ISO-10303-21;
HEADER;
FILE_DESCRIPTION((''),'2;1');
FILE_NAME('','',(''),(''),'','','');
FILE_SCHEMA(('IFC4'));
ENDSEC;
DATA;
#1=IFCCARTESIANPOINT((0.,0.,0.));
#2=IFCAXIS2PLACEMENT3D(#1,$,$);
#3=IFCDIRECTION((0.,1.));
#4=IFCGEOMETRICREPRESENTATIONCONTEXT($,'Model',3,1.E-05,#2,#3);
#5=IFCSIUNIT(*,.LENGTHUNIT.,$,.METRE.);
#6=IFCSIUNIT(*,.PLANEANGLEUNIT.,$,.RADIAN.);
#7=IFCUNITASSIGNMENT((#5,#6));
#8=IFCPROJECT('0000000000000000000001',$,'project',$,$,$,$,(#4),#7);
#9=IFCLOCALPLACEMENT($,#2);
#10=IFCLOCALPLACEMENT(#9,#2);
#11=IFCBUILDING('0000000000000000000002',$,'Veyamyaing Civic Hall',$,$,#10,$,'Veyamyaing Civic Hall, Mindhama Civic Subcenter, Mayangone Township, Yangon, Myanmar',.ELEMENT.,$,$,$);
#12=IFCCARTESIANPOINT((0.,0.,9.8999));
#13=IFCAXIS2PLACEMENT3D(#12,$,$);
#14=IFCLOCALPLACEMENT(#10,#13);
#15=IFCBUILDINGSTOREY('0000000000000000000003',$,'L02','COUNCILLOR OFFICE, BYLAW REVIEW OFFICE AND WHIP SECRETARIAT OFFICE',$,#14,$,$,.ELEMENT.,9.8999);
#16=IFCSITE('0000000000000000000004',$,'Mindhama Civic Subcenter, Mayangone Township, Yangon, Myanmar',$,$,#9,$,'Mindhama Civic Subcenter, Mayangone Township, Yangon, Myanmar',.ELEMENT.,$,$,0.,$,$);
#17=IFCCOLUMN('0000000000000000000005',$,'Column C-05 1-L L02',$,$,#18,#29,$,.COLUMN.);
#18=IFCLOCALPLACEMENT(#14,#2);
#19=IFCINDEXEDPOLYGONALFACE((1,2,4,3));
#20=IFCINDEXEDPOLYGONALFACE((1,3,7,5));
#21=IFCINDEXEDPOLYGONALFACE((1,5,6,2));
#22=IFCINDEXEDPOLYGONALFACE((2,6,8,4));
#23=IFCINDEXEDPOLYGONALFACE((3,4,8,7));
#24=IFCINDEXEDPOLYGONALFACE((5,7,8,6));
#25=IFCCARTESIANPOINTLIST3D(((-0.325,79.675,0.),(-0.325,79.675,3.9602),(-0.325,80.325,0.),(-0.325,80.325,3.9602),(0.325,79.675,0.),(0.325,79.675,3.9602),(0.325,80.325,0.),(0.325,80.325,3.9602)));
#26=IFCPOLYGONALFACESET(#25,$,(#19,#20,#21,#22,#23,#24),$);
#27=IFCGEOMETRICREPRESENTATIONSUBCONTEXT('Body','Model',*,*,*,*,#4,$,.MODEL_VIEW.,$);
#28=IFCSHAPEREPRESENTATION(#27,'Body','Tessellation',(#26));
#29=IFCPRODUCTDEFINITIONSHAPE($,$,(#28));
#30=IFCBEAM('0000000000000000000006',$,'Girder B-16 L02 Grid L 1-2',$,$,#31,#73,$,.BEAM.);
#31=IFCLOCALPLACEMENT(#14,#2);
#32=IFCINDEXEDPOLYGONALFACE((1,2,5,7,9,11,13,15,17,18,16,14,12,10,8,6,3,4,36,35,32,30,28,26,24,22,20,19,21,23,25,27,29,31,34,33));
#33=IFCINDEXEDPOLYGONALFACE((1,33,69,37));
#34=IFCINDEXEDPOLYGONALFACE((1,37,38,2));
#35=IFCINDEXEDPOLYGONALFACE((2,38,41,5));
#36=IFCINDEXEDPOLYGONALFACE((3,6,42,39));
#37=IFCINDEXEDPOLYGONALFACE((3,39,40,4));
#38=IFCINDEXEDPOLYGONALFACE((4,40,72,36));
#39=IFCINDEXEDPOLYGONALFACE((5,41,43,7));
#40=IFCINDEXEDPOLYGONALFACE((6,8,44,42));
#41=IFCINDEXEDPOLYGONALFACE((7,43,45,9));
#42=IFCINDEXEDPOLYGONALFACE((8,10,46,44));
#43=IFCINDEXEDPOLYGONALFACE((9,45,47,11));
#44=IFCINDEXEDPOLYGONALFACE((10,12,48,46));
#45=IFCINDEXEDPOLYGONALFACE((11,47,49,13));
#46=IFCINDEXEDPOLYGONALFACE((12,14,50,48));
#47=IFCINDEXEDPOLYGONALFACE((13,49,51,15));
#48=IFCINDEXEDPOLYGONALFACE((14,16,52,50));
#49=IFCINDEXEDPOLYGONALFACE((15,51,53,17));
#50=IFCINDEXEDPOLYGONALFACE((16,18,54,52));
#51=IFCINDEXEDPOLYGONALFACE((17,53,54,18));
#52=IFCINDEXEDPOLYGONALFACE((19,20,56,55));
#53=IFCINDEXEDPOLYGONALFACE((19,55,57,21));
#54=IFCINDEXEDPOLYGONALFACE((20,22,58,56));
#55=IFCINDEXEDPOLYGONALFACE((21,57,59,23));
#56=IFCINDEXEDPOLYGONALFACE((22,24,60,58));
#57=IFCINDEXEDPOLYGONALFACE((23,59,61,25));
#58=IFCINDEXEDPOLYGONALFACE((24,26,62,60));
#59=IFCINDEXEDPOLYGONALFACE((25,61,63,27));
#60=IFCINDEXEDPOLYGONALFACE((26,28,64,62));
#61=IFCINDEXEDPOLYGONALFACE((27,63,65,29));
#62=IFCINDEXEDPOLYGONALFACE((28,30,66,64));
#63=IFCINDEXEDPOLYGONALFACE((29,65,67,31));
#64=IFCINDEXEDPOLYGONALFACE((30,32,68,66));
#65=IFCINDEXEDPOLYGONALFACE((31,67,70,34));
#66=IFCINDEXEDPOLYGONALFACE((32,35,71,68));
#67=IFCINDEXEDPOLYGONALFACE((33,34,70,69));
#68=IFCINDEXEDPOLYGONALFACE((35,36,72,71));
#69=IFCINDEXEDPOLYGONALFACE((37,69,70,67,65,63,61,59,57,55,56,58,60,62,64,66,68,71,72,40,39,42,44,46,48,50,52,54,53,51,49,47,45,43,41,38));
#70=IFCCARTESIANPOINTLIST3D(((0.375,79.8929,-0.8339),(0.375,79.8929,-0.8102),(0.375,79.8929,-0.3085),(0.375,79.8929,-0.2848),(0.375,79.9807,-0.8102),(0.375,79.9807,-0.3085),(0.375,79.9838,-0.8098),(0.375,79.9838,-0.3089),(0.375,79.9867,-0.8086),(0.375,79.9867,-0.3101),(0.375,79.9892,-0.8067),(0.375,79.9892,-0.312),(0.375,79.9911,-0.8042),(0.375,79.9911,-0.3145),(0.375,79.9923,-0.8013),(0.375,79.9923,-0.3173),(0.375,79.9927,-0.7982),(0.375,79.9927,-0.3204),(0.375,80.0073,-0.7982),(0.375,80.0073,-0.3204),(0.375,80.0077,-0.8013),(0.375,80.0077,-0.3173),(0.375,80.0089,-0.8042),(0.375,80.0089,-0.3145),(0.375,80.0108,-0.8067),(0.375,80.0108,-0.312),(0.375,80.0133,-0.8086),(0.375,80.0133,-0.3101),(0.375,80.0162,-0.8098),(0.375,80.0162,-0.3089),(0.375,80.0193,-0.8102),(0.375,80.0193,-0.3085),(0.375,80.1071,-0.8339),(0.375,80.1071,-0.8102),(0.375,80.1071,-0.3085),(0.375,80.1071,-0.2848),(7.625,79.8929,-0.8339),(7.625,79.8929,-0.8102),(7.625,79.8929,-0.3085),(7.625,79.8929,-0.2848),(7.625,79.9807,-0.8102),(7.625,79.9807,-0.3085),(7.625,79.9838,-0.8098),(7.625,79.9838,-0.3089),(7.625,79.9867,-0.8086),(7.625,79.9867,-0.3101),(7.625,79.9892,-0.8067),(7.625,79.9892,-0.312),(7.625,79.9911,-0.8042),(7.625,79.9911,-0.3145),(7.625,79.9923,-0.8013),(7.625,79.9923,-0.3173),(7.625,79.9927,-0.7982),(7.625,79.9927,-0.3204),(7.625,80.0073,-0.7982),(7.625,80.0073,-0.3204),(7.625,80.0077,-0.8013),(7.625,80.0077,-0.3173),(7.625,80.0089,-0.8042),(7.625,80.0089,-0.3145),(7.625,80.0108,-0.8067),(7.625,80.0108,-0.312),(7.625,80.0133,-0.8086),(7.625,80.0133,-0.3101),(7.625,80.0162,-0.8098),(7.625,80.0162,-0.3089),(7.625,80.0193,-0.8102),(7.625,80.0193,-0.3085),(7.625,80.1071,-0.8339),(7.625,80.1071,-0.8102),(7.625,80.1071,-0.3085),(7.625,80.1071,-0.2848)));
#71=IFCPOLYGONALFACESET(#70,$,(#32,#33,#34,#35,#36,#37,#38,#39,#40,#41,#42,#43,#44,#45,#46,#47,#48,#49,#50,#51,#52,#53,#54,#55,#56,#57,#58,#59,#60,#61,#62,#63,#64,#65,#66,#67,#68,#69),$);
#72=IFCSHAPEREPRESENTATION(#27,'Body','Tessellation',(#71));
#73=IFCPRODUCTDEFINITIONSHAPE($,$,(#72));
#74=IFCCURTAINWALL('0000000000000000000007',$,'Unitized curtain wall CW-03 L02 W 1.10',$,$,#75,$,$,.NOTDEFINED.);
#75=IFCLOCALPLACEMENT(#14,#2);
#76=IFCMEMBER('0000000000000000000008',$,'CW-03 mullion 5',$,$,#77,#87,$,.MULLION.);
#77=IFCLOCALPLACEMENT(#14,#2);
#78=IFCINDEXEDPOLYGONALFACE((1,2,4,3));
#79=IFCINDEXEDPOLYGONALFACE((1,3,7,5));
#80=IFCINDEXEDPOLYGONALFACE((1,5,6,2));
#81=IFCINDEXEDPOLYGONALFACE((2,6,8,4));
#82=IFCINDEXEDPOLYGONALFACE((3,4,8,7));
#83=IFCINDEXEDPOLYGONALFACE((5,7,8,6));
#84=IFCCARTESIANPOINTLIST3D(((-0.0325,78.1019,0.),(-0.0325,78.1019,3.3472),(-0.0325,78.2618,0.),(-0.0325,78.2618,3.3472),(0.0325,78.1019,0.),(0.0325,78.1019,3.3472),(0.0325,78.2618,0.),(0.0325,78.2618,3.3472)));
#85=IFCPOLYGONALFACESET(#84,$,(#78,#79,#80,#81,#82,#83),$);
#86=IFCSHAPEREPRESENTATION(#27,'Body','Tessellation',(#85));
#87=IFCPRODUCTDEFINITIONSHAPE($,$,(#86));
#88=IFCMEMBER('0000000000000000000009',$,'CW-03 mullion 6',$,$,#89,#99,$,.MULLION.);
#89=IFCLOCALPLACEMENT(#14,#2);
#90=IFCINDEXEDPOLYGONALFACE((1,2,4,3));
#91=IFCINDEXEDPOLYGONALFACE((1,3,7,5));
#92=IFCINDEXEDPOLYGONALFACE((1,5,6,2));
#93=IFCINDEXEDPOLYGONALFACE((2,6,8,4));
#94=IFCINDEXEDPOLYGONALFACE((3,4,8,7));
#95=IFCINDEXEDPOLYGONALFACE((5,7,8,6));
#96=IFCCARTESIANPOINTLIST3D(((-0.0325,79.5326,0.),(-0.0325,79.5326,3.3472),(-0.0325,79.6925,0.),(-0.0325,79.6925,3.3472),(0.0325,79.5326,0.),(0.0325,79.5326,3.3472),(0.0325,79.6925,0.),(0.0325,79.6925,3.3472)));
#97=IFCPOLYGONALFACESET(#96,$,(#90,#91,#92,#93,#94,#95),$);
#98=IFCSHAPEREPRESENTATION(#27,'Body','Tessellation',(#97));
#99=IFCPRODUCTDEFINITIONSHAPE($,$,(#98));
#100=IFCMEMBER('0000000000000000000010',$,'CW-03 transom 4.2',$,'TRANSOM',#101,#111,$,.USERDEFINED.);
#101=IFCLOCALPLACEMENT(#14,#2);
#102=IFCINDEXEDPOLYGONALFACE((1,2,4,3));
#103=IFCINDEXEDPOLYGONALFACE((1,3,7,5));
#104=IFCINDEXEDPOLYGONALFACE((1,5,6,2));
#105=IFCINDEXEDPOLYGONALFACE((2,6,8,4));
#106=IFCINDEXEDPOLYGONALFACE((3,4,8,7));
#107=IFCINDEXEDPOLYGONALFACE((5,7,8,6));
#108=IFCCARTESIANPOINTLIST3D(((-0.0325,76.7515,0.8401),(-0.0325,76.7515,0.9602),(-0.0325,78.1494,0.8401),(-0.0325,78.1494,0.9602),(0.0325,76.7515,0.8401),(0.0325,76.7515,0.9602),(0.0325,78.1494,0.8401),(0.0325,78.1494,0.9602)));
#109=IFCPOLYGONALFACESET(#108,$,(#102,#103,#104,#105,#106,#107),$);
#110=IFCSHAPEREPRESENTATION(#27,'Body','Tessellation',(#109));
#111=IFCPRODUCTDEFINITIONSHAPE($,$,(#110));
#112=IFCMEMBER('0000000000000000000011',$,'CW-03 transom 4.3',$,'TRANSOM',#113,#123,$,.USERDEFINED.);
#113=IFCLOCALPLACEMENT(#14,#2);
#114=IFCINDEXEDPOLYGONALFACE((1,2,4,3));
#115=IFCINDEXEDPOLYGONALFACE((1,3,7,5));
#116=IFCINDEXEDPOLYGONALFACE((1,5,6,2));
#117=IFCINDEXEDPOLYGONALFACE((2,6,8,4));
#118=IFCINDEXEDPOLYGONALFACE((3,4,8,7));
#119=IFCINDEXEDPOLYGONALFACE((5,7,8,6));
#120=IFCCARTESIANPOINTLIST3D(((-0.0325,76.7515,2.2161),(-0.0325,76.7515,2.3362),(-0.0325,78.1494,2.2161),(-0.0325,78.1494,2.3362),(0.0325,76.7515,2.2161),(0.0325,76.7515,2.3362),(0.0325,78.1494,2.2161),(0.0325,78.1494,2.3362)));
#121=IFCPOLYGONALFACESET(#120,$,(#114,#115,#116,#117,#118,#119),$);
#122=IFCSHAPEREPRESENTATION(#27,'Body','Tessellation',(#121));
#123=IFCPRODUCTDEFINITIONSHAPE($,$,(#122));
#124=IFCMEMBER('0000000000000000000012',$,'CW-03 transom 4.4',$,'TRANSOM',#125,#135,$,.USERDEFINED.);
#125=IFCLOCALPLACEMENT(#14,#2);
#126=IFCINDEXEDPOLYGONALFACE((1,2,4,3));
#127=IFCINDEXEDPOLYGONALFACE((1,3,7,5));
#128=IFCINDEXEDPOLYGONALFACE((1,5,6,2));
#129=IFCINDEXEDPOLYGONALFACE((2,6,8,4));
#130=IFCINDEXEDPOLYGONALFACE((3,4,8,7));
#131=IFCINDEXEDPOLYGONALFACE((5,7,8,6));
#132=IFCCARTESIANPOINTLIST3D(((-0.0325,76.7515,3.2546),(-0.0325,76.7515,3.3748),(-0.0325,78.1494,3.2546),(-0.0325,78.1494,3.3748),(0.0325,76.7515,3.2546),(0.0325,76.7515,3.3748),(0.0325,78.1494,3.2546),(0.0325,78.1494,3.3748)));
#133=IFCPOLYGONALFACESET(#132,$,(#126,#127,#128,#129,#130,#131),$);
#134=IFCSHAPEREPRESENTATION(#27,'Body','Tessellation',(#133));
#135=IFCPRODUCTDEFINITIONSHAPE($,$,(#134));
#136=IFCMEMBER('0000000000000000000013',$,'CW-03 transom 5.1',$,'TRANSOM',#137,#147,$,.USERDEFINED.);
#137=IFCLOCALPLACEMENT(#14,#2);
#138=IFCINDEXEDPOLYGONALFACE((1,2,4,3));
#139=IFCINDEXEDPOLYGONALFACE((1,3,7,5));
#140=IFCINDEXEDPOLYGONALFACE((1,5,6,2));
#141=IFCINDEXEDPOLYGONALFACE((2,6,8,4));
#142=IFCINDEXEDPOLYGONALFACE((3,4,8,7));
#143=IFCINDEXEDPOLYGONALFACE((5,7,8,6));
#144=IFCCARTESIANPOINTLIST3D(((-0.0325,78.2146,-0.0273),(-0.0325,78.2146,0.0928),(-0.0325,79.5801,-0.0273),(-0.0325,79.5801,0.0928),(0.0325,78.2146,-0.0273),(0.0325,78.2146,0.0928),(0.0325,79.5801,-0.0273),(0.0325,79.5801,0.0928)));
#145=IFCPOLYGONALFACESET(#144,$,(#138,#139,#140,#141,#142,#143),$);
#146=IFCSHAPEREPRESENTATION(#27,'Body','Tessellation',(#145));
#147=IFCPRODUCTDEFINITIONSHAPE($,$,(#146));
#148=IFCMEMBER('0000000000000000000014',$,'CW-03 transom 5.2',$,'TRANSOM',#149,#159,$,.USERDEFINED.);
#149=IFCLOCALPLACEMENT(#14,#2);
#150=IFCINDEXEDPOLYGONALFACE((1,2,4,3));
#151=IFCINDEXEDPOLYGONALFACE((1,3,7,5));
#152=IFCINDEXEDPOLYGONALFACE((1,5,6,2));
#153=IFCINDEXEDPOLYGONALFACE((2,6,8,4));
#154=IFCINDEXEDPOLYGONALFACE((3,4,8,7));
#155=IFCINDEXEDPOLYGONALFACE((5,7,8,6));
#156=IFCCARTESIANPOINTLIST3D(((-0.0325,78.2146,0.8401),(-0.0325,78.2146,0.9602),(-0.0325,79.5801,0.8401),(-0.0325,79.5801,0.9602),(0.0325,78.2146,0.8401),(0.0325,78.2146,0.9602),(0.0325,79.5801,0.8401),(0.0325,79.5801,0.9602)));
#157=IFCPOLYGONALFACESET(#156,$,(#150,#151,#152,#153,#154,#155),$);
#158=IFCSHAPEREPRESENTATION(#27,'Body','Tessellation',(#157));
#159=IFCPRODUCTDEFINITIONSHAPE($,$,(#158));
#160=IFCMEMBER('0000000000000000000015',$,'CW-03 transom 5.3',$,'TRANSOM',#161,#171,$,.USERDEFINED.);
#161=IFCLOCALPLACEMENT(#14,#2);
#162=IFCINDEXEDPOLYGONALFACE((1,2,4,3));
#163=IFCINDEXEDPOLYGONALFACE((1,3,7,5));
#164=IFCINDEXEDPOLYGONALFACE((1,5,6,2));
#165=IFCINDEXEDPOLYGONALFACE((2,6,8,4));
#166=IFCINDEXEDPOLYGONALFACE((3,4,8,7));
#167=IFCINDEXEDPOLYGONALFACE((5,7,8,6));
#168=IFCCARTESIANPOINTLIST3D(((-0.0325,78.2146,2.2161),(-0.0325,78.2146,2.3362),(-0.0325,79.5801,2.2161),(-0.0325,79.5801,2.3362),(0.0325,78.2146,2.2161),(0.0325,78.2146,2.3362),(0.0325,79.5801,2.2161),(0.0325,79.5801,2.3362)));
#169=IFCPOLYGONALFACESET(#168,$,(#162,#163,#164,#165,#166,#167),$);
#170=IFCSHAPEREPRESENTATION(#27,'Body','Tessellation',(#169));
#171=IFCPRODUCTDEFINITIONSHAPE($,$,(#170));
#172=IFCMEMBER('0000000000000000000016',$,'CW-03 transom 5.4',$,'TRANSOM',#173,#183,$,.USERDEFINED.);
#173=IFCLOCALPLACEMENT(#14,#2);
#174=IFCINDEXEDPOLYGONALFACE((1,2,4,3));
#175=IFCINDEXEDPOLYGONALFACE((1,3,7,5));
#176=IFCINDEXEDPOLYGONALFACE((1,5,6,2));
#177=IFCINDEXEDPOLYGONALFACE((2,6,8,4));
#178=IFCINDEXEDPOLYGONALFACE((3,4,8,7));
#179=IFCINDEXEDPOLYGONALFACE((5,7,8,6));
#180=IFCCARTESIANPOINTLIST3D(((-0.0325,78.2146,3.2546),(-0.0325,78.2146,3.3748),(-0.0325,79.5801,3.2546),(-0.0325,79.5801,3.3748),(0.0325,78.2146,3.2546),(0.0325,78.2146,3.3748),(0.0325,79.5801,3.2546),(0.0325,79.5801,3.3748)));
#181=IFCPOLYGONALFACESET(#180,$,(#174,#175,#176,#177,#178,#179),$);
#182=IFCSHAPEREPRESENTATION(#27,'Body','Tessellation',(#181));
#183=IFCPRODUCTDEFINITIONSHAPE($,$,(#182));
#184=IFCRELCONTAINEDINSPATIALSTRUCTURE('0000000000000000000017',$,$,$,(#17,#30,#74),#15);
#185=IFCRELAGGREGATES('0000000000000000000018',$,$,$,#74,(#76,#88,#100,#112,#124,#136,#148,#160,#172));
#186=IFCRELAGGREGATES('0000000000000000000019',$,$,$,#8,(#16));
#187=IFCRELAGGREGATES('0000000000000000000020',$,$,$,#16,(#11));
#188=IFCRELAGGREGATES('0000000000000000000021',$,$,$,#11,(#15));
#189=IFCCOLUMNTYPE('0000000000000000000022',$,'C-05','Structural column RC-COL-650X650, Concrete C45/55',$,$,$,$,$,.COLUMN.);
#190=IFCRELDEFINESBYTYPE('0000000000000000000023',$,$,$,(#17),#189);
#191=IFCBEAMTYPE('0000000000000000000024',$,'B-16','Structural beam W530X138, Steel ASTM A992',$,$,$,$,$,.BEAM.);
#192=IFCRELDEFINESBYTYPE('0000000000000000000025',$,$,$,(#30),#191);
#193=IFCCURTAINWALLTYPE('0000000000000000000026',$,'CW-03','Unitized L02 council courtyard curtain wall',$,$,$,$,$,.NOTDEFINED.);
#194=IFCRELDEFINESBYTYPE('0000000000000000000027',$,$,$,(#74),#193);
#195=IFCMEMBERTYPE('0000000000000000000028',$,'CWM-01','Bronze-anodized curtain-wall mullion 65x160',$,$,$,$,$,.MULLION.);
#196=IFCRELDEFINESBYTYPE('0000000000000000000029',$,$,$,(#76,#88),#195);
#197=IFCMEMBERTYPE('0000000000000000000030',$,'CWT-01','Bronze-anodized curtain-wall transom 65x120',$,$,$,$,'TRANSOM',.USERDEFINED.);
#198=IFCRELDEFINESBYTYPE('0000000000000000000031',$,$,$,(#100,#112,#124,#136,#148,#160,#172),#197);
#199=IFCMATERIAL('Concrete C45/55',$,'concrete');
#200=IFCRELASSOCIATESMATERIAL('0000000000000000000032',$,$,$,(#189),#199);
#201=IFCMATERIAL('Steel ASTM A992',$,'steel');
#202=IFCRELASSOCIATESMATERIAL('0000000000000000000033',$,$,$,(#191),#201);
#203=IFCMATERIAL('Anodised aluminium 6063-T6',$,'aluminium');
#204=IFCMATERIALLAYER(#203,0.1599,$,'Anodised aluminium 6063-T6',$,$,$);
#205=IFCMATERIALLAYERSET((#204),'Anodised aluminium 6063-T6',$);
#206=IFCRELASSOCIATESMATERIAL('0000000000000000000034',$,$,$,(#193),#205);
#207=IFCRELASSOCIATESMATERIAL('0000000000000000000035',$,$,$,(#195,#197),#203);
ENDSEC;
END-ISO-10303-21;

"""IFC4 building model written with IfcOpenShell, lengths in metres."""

from ifc_helpers import new_model, si_unit, direction, frame, origin, origin_2d, place, context, subcontext, project, spatial, rectangle, i_section, extrude, material, layer, layer_set, material_profile, profile_set, type_object, element, aggregate, save


model = new_model("IFC4")

# Units and contexts
model_context = context("Model", 3, precision=1e-05, world=origin(), true_north=direction((0.0, 1.0)))
body_context = subcontext(model_context, "Body", "Model", "MODEL_VIEW")
ifc_project = project(units=[si_unit("LENGTHUNIT", "METRE"), si_unit("PLANEANGLEUNIT", "RADIAN")], contexts=[model_context])

# Site, building, storey
site_placement = place(None, origin())
site = spatial("IfcSite", under=ifc_project, at=site_placement, Name="Mindhama Civic Subcenter, Mayangone Township, Yangon, Myanmar", LongName="Mindhama Civic Subcenter, Mayangone Township, Yangon, Myanmar", CompositionType="ELEMENT", RefElevation=0.0)
building_placement = place(site_placement, origin())
building = spatial("IfcBuilding", under=site, at=building_placement, Name="Veyamyaing Civic Hall", LongName="Veyamyaing Civic Hall, Mindhama Civic Subcenter, Mayangone Township, Yangon, Myanmar", CompositionType="ELEMENT")
storey_placement = place(building_placement, frame((0.0, 0.0, 9.8999)))
storey = spatial("IfcBuildingStorey", under=building, at=storey_placement, Name="L02", Description="COUNCILLOR OFFICE, BYLAW REVIEW OFFICE AND WHIP SECRETARIAT OFFICE", CompositionType="ELEMENT", Elevation=9.8999)

# Column
ifc_material_1 = material(Name="Concrete C45/55", Category="concrete")
ifc_material_profile_1 = material_profile(ifc_material_1, rectangle(XDim=0.6499, YDim=0.6499, at=origin_2d()), Name="RC-COL-650X650")
ifc_profile_set_1 = profile_set([ifc_material_profile_1], Name="Concrete C45/55")
column_type = type_object("IfcColumnType", Name="C-05", Description="Structural column RC-COL-650X650, Concrete C45/55", PredefinedType="COLUMN", material=ifc_profile_set_1)
column_placement = place(storey_placement, frame((0.0, 80.0, 0.0), z_axis=(0.0, 0.0, 1.0), x_axis=(1.0, 0.0, 0.0)))
element("IfcColumn", 1, at=column_placement, inside=storey, type_object=column_type, Name="Column C-05 1-L L02", PredefinedType="COLUMN", context=body_context, shape_type="SweptSolid", body=[
    extrude(rectangle(XDim=0.6499, YDim=0.6499, at=origin_2d()), origin(), (0.0, 0.0, 1.0), 3.9602),
])

# Beam
ifc_material_2 = material(Name="Steel ASTM A992", Category="steel")
ifc_material_profile_2 = material_profile(ifc_material_2, i_section(OverallWidth=0.2141, OverallDepth=0.5491, WebThickness=0.0146, FlangeThickness=0.0237, FilletRadius=0.012, at=origin_2d()), Name="W530X138")
ifc_profile_set_2 = profile_set([ifc_material_profile_2], Name="Steel ASTM A992")
beam_type_1 = type_object("IfcBeamType", Name="B-16", Description="Structural beam W530X138, Steel ASTM A992", PredefinedType="BEAM", material=ifc_profile_set_2)
beam_1_placement = place(storey_placement, frame((0.375, 80.0, -0.5593), z_axis=(1.0, 0.0, 0.0), x_axis=(0.0, 1.0, 0.0)))
element("IfcBeam", 2, at=beam_1_placement, inside=storey, type_object=beam_type_1, Name="Girder B-16 L02 Grid L 1-2", PredefinedType="BEAM", context=body_context, shape_type="SweptSolid", body=[
    extrude(i_section(OverallWidth=0.2141, OverallDepth=0.5491, WebThickness=0.0146, FlangeThickness=0.0237, FilletRadius=0.012, at=origin_2d()), origin(), (0.0, 0.0, 1.0), 7.25),
])

# Curtain wall, members
ifc_material_3 = material(Name="Anodised aluminium 6063-T6", Category="aluminium")
ifc_layer_1 = layer(ifc_material_3, 0.1599, Name="Anodised aluminium 6063-T6")
ifc_layer_set_1 = layer_set([ifc_layer_1], Name="Anodised aluminium 6063-T6")
curtain_wall_type = type_object("IfcCurtainWallType", Name="CW-03", Description="Unitized L02 council courtyard curtain wall", PredefinedType="NOTDEFINED", material=ifc_layer_set_1)
curtain_wall_placement = place(storey_placement, origin())
curtain_wall = element("IfcCurtainWall", 3, at=curtain_wall_placement, inside=storey, type_object=curtain_wall_type, Name="Unitized curtain wall CW-03 L02 W 1.10", PredefinedType="NOTDEFINED")
ifc_material_profile_3 = material_profile(ifc_material_3, rectangle(XDim=0.0649, YDim=0.1599, at=origin_2d()), Name="ALU-MUL-65X160")
ifc_profile_set_3 = profile_set([ifc_material_profile_3], Name="Anodised aluminium 6063-T6")
member_type_1 = type_object("IfcMemberType", Name="CWM-01", Description="Bronze-anodized curtain-wall mullion 65x160", PredefinedType="MULLION", material=ifc_profile_set_3)
member_1_placement = place(storey_placement, frame((0.0, 78.1819, 0.0), z_axis=(0.0, 0.0, 1.0), x_axis=(-1.0, 0.0, 0.0)))
member_1 = element("IfcMember", 4, at=member_1_placement, type_object=member_type_1, Name="CW-03 mullion 5", PredefinedType="MULLION", context=body_context, shape_type="SweptSolid", body=[
    extrude(rectangle(XDim=0.0649, YDim=0.1599, at=origin_2d()), origin(), (0.0, 0.0, 1.0), 3.3472),
])
member_2_placement = place(storey_placement, frame((0.0, 79.6125, 0.0), z_axis=(0.0, 0.0, 1.0), x_axis=(-1.0, 0.0, 0.0)))
member_2 = element("IfcMember", 5, at=member_2_placement, type_object=member_type_1, Name="CW-03 mullion 6", PredefinedType="MULLION", context=body_context, shape_type="SweptSolid", body=[
    extrude(rectangle(XDim=0.0649, YDim=0.1599, at=origin_2d()), origin(), (0.0, 0.0, 1.0), 3.3472),
])
ifc_material_profile_4 = material_profile(ifc_material_3, rectangle(XDim=0.0649, YDim=0.1201, at=origin_2d()), Name="ALU-TRN-65X120")
ifc_profile_set_4 = profile_set([ifc_material_profile_4], Name="Anodised aluminium 6063-T6")
member_type_2 = type_object("IfcMemberType", Name="CWT-01", Description="Bronze-anodized curtain-wall transom 65x120", ElementType="TRANSOM", PredefinedType="USERDEFINED", material=ifc_profile_set_4)
member_3_placement = place(storey_placement, frame((0.0, 76.7515, 0.9001), z_axis=(0.0, 1.0, 0.0), x_axis=(-1.0, 0.0, 0.0)))
member_3 = element("IfcMember", 6, at=member_3_placement, type_object=member_type_2, Name="CW-03 transom 4.2", ObjectType="TRANSOM", PredefinedType="USERDEFINED", context=body_context, shape_type="SweptSolid", body=[
    extrude(rectangle(XDim=0.0649, YDim=0.1201, at=origin_2d()), origin(), (0.0, 0.0, 1.0), 1.3979),
])
member_4_placement = place(storey_placement, frame((0.0, 76.7515, 2.2761), z_axis=(0.0, 1.0, 0.0), x_axis=(-1.0, 0.0, 0.0)))
member_4 = element("IfcMember", 7, at=member_4_placement, type_object=member_type_2, Name="CW-03 transom 4.3", ObjectType="TRANSOM", PredefinedType="USERDEFINED", context=body_context, shape_type="SweptSolid", body=[
    extrude(rectangle(XDim=0.0649, YDim=0.1201, at=origin_2d()), origin(), (0.0, 0.0, 1.0), 1.3979),
])
member_5_placement = place(storey_placement, frame((0.0, 76.7515, 3.3147), z_axis=(0.0, 1.0, 0.0), x_axis=(-1.0, 0.0, 0.0)))
member_5 = element("IfcMember", 8, at=member_5_placement, type_object=member_type_2, Name="CW-03 transom 4.4", ObjectType="TRANSOM", PredefinedType="USERDEFINED", context=body_context, shape_type="SweptSolid", body=[
    extrude(rectangle(XDim=0.0649, YDim=0.1201, at=origin_2d()), origin(), (0.0, 0.0, 1.0), 1.3979),
])
member_6_placement = place(storey_placement, frame((0.0, 78.2146, 0.0327), z_axis=(0.0, 1.0, 0.0), x_axis=(-1.0, 0.0, 0.0)))
member_6 = element("IfcMember", 9, at=member_6_placement, type_object=member_type_2, Name="CW-03 transom 5.1", ObjectType="TRANSOM", PredefinedType="USERDEFINED", context=body_context, shape_type="SweptSolid", body=[
    extrude(rectangle(XDim=0.0649, YDim=0.1201, at=origin_2d()), origin(), (0.0, 0.0, 1.0), 1.3655),
])
member_7_placement = place(storey_placement, frame((0.0, 78.2146, 0.9001), z_axis=(0.0, 1.0, 0.0), x_axis=(-1.0, 0.0, 0.0)))
member_7 = element("IfcMember", 10, at=member_7_placement, type_object=member_type_2, Name="CW-03 transom 5.2", ObjectType="TRANSOM", PredefinedType="USERDEFINED", context=body_context, shape_type="SweptSolid", body=[
    extrude(rectangle(XDim=0.0649, YDim=0.1201, at=origin_2d()), origin(), (0.0, 0.0, 1.0), 1.3655),
])
member_8_placement = place(storey_placement, frame((0.0, 78.2146, 2.2761), z_axis=(0.0, 1.0, 0.0), x_axis=(-1.0, 0.0, 0.0)))
member_8 = element("IfcMember", 11, at=member_8_placement, type_object=member_type_2, Name="CW-03 transom 5.3", ObjectType="TRANSOM", PredefinedType="USERDEFINED", context=body_context, shape_type="SweptSolid", body=[
    extrude(rectangle(XDim=0.0649, YDim=0.1201, at=origin_2d()), origin(), (0.0, 0.0, 1.0), 1.3655),
])
member_9_placement = place(storey_placement, frame((0.0, 78.2146, 3.3147), z_axis=(0.0, 1.0, 0.0), x_axis=(-1.0, 0.0, 0.0)))
member_9 = element("IfcMember", 12, at=member_9_placement, type_object=member_type_2, Name="CW-03 transom 5.4", ObjectType="TRANSOM", PredefinedType="USERDEFINED", context=body_context, shape_type="SweptSolid", body=[
    extrude(rectangle(XDim=0.0649, YDim=0.1201, at=origin_2d()), origin(), (0.0, 0.0, 1.0), 1.3655),
])

aggregate(curtain_wall, [member_1, member_2, member_3, member_4, member_5, member_6, member_7, member_8, member_9])

save(model, "model.ifc")
